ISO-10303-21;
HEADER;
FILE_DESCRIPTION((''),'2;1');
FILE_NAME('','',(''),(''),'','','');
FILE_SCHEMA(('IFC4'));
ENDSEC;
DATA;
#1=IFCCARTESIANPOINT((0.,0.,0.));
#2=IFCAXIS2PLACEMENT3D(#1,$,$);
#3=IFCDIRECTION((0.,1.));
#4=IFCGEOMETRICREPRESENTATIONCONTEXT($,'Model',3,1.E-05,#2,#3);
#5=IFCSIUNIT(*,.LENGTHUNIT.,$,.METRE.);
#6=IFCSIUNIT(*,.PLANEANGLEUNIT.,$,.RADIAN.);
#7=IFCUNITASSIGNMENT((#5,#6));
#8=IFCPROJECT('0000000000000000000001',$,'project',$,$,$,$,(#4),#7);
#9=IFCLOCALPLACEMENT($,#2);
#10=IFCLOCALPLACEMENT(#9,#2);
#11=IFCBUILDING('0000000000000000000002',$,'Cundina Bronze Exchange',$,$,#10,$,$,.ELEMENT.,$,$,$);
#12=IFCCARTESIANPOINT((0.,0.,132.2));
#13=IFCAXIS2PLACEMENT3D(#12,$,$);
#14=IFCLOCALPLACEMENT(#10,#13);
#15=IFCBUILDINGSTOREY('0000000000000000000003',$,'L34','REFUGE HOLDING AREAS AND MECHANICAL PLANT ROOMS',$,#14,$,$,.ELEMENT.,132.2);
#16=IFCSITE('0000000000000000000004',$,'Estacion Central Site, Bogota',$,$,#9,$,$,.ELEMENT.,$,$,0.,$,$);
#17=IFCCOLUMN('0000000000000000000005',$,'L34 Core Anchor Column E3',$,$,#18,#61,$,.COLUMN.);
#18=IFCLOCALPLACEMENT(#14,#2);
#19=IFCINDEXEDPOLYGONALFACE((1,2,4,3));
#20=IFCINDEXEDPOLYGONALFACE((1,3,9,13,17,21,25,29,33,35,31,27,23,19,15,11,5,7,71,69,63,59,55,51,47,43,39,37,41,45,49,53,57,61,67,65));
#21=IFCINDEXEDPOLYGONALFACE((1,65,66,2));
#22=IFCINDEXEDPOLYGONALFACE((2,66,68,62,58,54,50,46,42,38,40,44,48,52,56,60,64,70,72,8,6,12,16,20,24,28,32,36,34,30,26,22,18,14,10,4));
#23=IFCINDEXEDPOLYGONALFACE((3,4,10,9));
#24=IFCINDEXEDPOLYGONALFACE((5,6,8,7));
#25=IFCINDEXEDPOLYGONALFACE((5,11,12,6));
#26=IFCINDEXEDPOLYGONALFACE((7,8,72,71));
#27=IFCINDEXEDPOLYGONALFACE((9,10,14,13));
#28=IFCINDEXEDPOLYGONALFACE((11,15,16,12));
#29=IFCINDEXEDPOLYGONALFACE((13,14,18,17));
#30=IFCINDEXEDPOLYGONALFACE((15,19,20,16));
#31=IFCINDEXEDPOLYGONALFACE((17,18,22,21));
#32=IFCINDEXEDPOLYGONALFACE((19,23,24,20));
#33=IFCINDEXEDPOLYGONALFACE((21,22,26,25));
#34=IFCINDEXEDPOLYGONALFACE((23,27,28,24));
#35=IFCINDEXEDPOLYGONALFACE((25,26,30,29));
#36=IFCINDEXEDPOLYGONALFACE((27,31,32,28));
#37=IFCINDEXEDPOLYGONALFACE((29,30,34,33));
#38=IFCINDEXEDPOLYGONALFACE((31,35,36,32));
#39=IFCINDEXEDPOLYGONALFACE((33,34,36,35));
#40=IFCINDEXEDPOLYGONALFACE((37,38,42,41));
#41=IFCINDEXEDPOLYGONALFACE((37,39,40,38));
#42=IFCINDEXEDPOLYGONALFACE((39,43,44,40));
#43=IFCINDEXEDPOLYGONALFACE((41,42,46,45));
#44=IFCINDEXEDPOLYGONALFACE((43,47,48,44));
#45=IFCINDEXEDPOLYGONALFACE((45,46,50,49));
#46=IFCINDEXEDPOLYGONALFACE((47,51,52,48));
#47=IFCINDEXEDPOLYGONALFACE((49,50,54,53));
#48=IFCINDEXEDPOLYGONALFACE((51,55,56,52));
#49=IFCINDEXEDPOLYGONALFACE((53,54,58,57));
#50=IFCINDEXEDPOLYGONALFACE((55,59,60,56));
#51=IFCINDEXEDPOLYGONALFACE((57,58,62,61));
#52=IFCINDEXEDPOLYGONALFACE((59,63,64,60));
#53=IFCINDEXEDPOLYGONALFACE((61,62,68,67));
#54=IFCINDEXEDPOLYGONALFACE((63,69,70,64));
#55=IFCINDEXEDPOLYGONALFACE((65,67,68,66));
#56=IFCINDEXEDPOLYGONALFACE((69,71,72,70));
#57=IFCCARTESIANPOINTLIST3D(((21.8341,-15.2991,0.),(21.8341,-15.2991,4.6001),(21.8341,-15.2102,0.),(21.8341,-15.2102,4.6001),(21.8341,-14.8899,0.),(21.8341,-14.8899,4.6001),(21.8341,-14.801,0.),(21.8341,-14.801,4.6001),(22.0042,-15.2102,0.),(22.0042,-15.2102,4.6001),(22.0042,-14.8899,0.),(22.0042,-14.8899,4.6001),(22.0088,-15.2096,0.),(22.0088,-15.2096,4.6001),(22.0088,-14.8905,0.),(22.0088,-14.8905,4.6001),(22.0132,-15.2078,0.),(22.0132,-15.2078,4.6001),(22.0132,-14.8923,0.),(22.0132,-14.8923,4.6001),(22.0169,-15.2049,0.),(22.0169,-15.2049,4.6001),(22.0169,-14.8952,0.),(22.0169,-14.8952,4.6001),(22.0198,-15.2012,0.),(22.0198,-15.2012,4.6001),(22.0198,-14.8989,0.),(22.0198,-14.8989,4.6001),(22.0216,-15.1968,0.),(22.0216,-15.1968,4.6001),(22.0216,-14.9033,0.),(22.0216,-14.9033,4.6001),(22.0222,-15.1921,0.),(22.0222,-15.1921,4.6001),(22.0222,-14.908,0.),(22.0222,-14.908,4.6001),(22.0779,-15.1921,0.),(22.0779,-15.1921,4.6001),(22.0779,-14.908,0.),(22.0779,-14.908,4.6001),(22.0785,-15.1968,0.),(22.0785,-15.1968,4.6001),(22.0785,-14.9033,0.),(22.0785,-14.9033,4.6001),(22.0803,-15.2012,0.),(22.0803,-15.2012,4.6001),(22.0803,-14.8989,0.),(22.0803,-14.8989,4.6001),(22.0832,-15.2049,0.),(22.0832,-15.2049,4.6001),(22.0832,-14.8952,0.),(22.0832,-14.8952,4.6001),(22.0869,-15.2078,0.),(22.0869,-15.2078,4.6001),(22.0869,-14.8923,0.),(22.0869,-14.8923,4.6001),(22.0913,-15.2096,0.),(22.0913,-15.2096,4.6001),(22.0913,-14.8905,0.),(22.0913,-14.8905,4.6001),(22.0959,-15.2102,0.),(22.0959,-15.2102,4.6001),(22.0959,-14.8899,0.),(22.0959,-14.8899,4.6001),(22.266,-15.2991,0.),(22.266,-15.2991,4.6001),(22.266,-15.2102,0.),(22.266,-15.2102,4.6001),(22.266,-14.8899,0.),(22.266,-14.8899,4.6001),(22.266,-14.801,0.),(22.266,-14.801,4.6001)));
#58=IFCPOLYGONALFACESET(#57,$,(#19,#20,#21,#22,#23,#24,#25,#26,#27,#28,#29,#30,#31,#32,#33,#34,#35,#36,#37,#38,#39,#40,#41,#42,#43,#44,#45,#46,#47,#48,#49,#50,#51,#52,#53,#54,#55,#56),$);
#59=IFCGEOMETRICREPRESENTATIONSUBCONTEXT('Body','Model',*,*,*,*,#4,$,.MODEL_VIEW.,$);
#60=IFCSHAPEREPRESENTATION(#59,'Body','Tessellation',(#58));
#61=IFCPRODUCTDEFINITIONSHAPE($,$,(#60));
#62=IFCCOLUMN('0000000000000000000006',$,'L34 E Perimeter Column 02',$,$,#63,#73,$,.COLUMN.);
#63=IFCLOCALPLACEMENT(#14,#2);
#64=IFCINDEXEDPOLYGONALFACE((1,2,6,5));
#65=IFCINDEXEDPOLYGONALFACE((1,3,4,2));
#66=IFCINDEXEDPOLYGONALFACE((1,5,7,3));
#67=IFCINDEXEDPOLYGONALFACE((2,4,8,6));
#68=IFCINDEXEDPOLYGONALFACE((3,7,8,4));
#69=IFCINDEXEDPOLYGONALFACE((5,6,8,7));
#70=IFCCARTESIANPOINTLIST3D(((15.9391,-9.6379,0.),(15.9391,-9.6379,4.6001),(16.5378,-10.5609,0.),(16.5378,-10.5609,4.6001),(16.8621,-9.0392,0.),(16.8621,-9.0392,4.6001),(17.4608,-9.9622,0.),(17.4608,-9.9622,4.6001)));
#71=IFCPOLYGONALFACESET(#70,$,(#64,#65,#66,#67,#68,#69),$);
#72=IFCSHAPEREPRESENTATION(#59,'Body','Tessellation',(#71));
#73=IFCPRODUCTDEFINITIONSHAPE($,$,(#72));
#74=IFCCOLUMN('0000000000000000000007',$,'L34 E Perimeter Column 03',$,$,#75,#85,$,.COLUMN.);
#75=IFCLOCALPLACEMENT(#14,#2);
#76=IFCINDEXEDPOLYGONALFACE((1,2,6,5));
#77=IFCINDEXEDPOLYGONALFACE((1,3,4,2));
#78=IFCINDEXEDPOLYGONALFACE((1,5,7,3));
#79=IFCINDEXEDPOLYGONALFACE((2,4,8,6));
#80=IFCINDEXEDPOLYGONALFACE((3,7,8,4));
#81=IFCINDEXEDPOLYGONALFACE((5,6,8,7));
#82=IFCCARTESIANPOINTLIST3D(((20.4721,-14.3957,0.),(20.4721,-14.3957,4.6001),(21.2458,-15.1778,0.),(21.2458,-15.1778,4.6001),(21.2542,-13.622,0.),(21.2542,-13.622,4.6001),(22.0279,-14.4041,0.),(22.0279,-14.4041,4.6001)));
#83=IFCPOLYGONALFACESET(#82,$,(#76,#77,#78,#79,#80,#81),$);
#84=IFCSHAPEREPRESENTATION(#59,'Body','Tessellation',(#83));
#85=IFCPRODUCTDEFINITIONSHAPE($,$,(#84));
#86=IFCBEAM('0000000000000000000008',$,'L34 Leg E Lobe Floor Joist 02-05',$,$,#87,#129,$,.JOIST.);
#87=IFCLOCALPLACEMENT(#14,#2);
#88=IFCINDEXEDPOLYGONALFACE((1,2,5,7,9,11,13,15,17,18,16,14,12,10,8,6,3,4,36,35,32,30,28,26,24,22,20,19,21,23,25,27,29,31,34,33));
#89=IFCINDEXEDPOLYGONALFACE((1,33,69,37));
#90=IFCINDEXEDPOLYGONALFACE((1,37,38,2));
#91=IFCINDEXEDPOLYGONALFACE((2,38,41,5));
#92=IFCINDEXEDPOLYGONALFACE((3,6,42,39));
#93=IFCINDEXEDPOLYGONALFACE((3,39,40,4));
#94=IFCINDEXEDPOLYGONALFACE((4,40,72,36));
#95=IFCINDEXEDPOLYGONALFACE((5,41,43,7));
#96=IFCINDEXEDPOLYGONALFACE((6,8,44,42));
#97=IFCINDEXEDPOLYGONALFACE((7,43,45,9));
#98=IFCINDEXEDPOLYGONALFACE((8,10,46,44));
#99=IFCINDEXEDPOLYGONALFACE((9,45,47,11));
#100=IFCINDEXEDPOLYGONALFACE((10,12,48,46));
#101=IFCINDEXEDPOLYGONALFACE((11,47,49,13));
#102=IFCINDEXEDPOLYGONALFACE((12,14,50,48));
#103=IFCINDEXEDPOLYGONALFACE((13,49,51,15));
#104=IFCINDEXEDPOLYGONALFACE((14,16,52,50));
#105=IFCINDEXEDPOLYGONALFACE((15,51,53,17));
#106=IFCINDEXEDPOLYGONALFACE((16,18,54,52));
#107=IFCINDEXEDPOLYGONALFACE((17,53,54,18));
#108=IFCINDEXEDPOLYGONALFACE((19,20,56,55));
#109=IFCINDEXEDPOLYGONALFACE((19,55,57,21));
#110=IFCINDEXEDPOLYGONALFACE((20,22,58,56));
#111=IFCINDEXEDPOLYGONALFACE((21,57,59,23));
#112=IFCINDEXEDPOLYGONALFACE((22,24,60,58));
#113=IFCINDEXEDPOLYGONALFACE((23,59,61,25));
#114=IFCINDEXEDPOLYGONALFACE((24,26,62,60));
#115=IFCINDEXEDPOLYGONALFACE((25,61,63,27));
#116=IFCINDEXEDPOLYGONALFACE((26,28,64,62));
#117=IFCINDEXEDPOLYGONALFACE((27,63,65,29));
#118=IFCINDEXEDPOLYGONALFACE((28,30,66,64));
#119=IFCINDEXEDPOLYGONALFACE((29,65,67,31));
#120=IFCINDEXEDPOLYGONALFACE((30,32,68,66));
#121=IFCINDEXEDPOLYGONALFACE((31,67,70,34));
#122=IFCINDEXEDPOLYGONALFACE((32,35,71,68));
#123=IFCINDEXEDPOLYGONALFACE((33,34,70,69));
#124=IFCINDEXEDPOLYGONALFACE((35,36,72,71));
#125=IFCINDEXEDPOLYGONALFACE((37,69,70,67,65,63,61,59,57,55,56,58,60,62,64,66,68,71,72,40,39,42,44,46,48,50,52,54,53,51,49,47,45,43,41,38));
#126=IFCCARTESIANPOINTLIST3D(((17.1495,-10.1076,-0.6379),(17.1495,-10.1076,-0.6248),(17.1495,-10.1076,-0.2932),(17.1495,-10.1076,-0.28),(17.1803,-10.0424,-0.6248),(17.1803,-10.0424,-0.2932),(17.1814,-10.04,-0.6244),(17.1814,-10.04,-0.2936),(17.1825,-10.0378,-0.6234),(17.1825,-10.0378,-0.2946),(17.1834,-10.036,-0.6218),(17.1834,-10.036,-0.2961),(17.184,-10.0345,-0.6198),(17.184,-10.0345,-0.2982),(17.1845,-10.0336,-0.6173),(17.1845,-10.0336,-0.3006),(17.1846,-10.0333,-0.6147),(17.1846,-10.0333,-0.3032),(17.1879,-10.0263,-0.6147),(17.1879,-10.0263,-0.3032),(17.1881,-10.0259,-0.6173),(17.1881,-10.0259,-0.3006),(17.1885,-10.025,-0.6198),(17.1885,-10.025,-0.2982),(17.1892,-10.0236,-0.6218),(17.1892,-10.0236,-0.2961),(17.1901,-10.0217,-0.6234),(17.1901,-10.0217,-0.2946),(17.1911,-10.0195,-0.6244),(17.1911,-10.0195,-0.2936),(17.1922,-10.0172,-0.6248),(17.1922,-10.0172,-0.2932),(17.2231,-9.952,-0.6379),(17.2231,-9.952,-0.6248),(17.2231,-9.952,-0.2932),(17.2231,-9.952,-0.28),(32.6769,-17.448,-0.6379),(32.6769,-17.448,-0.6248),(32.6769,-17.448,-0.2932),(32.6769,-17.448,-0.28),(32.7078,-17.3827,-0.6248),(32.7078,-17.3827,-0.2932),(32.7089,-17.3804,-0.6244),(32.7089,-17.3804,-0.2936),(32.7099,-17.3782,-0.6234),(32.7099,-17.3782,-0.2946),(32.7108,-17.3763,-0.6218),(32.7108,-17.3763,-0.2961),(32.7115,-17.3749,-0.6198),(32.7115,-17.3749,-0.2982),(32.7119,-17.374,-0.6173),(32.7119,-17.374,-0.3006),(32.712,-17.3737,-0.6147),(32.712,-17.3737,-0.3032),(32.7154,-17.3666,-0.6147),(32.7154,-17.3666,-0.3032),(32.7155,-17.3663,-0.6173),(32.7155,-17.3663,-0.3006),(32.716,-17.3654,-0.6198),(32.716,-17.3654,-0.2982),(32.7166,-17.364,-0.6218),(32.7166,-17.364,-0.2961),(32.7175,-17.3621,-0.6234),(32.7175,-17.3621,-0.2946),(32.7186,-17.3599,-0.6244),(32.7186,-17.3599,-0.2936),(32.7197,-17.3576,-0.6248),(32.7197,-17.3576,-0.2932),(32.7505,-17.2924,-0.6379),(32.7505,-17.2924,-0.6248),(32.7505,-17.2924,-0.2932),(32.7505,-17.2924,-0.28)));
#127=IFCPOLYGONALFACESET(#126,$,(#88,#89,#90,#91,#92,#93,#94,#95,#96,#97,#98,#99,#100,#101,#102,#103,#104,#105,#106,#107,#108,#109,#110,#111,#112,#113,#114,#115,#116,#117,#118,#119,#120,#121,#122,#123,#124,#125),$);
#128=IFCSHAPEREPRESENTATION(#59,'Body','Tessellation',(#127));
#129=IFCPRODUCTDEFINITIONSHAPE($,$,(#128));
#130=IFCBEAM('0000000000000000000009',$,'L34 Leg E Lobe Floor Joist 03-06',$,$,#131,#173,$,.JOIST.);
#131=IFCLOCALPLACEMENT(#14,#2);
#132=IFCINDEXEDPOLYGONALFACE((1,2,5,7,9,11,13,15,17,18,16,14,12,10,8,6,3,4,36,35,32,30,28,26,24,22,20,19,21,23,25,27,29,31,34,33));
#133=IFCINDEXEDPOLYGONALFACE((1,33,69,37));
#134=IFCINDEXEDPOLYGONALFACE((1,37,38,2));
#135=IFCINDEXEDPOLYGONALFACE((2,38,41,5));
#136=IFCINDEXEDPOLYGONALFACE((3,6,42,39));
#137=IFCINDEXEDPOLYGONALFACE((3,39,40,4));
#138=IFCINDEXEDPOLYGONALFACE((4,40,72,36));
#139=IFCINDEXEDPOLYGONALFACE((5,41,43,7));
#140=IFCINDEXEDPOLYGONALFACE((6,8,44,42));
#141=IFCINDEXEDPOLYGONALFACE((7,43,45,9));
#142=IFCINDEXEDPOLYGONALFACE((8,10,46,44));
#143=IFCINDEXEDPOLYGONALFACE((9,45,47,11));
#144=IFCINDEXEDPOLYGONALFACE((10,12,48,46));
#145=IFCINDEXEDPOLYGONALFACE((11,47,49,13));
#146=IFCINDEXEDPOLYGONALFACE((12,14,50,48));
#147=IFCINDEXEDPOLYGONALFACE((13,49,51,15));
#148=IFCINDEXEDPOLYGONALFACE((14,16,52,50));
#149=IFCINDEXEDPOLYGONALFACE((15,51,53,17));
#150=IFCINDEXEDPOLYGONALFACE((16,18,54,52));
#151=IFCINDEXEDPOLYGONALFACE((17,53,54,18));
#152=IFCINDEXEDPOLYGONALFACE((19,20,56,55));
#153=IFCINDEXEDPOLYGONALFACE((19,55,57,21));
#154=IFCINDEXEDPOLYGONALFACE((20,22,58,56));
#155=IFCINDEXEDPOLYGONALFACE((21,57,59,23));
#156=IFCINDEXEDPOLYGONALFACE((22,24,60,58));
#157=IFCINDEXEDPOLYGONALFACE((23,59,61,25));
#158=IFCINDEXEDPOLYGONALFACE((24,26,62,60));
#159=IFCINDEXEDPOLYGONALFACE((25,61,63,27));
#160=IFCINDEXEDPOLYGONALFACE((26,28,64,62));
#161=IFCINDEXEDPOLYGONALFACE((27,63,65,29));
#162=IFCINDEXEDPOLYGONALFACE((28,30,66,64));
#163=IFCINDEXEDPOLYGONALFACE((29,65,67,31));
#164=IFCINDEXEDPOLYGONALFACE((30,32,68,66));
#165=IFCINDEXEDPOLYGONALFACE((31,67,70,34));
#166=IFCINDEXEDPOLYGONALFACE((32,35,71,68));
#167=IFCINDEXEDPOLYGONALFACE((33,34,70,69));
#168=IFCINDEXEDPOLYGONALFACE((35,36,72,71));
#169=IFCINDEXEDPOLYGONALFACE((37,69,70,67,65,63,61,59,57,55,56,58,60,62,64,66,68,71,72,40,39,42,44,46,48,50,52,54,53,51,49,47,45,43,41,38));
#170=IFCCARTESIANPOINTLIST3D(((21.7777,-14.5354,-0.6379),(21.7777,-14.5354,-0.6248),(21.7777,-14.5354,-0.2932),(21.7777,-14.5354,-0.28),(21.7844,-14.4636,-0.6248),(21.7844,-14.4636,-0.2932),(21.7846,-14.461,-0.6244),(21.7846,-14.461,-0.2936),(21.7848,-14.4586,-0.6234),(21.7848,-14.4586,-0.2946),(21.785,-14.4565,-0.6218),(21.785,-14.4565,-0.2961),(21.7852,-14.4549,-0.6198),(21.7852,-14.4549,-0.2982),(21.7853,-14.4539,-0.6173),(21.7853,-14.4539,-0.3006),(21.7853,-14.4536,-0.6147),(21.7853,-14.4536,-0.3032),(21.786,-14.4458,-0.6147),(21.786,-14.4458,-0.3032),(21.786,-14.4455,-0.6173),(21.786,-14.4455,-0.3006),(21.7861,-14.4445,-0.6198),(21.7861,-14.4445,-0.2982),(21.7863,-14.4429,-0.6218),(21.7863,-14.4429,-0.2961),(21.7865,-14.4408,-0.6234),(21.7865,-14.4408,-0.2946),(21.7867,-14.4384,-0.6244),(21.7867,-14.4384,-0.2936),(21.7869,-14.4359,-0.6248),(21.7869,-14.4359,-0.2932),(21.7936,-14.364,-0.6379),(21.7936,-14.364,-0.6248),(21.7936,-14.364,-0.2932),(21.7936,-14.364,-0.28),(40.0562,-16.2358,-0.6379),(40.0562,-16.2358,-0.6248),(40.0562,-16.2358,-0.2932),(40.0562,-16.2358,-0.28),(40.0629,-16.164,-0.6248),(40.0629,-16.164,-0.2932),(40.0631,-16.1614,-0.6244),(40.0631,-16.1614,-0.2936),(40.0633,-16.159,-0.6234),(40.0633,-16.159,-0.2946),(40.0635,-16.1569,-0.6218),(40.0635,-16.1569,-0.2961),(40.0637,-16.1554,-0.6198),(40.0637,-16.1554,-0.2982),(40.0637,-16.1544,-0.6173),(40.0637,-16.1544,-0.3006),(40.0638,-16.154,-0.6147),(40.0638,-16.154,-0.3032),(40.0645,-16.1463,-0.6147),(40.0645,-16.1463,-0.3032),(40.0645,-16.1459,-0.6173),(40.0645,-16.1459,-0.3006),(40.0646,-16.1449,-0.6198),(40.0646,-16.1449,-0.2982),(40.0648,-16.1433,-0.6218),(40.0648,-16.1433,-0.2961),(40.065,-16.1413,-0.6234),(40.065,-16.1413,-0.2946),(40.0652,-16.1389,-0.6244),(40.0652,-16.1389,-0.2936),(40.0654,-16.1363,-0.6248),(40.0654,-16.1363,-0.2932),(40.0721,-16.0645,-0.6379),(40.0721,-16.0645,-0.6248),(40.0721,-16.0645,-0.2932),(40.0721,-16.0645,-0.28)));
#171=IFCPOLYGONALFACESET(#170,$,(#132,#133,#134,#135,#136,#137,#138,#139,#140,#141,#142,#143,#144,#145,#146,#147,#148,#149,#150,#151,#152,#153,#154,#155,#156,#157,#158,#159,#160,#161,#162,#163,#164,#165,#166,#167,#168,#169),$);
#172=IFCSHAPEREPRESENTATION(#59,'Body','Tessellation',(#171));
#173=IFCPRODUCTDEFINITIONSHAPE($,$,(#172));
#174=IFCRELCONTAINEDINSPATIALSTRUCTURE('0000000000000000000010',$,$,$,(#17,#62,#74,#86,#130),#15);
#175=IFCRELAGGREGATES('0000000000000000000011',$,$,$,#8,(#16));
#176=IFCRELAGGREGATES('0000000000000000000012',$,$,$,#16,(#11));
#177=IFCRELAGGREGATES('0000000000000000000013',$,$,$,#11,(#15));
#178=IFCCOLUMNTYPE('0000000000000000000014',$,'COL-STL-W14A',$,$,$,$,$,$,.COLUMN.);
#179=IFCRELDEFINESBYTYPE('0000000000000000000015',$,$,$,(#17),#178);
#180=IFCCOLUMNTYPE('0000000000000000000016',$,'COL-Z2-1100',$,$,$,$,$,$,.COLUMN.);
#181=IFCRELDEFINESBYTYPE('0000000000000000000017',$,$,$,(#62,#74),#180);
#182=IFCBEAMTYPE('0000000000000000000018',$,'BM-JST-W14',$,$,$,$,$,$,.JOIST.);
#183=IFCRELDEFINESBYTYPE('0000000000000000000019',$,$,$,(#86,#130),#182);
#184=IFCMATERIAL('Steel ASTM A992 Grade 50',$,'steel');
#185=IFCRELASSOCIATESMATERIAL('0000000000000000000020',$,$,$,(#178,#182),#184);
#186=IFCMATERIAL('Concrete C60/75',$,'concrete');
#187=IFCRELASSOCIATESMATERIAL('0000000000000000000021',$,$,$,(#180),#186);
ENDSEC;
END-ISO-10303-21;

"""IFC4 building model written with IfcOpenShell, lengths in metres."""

from ifc_helpers import new_model, si_unit, direction, frame, origin, origin_2d, place, context, subcontext, project, spatial, rectangle, i_section, extrude, material, material_profile, profile_set, type_object, element, save


model = new_model("IFC4")

# Units and contexts
model_context = context("Model", 3, precision=1e-05, world=origin(), true_north=direction((0.0, 1.0)))
body_context = subcontext(model_context, "Body", "Model", "MODEL_VIEW")
ifc_project = project(units=[si_unit("LENGTHUNIT", "METRE"), si_unit("PLANEANGLEUNIT", "RADIAN")], contexts=[model_context])

# Site, building, storey
site_placement = place(None, origin())
site = spatial("IfcSite", under=ifc_project, at=site_placement, Name="Estacion Central Site, Bogota", CompositionType="ELEMENT", RefElevation=0.0)
building_placement = place(site_placement, origin())
building = spatial("IfcBuilding", under=site, at=building_placement, Name="Cundina Bronze Exchange", CompositionType="ELEMENT")
storey_placement = place(building_placement, frame((0.0, 0.0, 132.2)))
storey = spatial("IfcBuildingStorey", under=building, at=storey_placement, Name="L34", Description="REFUGE HOLDING AREAS AND MECHANICAL PLANT ROOMS", CompositionType="ELEMENT", Elevation=132.2)

# Columns
ifc_material_1 = material(Name="Steel ASTM A992 Grade 50", Category="steel")
ifc_material_profile_1 = material_profile(ifc_material_1, i_section(OverallWidth=0.4319, OverallDepth=0.498, WebThickness=0.0557, FlangeThickness=0.0889, FilletRadius=0.0181, at=origin_2d()), Name="W14X500", Category="steel")
ifc_profile_set_1 = profile_set([ifc_material_profile_1], Name="Steel ASTM A992 Grade 50")
column_type_1 = type_object("IfcColumnType", Name="COL-STL-W14A", PredefinedType="COLUMN", material=ifc_profile_set_1)
column_placement = place(storey_placement, frame((22.05, -15.05, 0.0), z_axis=(0.0, 0.0, 1.0), x_axis=(1.0, 0.0, 0.0)))
element("IfcColumn", 1, at=column_placement, inside=storey, type_object=column_type_1, Name="L34 Core Anchor Column E3", PredefinedType="COLUMN", context=body_context, shape_type="SweptSolid", body=[
    extrude(i_section(OverallWidth=0.4319, OverallDepth=0.498, WebThickness=0.0557, FlangeThickness=0.0889, FilletRadius=0.0181, at=origin_2d()), origin(), (0.0, 0.0, 1.0), 4.6001),
])
ifc_material_2 = material(Name="Concrete C60/75", Category="concrete")
ifc_material_profile_2 = material_profile(ifc_material_2, rectangle(XDim=1.1001, YDim=1.1001, at=origin_2d()), Name="RC1100X1100", Category="concrete")
ifc_profile_set_2 = profile_set([ifc_material_profile_2], Name="Concrete C60/75")
column_type_2 = type_object("IfcColumnType", Name="COL-Z2-1100", PredefinedType="COLUMN", material=ifc_profile_set_2)
for number, where, z_axis, x_axis, name in (
    (2, (16.7, -9.8, 0.0), (0.0, 0.0, 1.0), (0.5442, -0.838956, 0.0), "L34 E Perimeter Column 02"),
    (3, (21.25, -14.3999, 0.0), (0.0, 0.0, 1.0), (0.703271, -0.710922, 0.0), "L34 E Perimeter Column 03"),
):
    element("IfcColumn", number, at=place(storey_placement, frame(where, z_axis=z_axis, x_axis=x_axis)), inside=storey, type_object=column_type_2, Name=name, PredefinedType="COLUMN", context=body_context, shape_type="SweptSolid", body=[
        extrude(rectangle(XDim=1.1001, YDim=1.1001, at=origin_2d()), origin(), (0.0, 0.0, 1.0), 4.6001),
    ])

# Beams
ifc_material_profile_3 = material_profile(ifc_material_1, i_section(OverallWidth=0.1721, OverallDepth=0.3579, WebThickness=0.0078, FlangeThickness=0.0132, FilletRadius=0.01, at=origin_2d()), Name="W14X38", Category="steel")
ifc_profile_set_3 = profile_set([ifc_material_profile_3], Name="Steel ASTM A992 Grade 50")
beam_type_1 = type_object("IfcBeamType", Name="BM-JST-W14", PredefinedType="JOIST", material=ifc_profile_set_3)
beam_1_placement = place(storey_placement, frame((17.1863, -10.0298, -0.459), z_axis=(0.904069, -0.427386, 0.0), x_axis=(0.427386, 0.904069, 0.0)))
element("IfcBeam", 4, at=beam_1_placement, inside=storey, type_object=beam_type_1, Name="L34 Leg E Lobe Floor Joist 02-05", PredefinedType="JOIST", context=body_context, shape_type="SweptSolid", body=[
    extrude(i_section(OverallWidth=0.1721, OverallDepth=0.3579, WebThickness=0.0078, FlangeThickness=0.0132, FilletRadius=0.01, at=origin_2d()), origin(), (0.0, 0.0, 1.0), 17.175),
])
beam_2_placement = place(storey_placement, frame((21.7856, -14.4497, -0.459), z_axis=(0.995701, -0.092629, 0.0), x_axis=(0.092629, 0.995701, 0.0)))
element("IfcBeam", 5, at=beam_2_placement, inside=storey, type_object=beam_type_1, Name="L34 Leg E Lobe Floor Joist 03-06", PredefinedType="JOIST", context=body_context, shape_type="SweptSolid", body=[
    extrude(i_section(OverallWidth=0.1721, OverallDepth=0.3579, WebThickness=0.0078, FlangeThickness=0.0132, FilletRadius=0.01, at=origin_2d()), origin(), (0.0, 0.0, 1.0), 18.3574),
])

save(model, "model.ifc")
